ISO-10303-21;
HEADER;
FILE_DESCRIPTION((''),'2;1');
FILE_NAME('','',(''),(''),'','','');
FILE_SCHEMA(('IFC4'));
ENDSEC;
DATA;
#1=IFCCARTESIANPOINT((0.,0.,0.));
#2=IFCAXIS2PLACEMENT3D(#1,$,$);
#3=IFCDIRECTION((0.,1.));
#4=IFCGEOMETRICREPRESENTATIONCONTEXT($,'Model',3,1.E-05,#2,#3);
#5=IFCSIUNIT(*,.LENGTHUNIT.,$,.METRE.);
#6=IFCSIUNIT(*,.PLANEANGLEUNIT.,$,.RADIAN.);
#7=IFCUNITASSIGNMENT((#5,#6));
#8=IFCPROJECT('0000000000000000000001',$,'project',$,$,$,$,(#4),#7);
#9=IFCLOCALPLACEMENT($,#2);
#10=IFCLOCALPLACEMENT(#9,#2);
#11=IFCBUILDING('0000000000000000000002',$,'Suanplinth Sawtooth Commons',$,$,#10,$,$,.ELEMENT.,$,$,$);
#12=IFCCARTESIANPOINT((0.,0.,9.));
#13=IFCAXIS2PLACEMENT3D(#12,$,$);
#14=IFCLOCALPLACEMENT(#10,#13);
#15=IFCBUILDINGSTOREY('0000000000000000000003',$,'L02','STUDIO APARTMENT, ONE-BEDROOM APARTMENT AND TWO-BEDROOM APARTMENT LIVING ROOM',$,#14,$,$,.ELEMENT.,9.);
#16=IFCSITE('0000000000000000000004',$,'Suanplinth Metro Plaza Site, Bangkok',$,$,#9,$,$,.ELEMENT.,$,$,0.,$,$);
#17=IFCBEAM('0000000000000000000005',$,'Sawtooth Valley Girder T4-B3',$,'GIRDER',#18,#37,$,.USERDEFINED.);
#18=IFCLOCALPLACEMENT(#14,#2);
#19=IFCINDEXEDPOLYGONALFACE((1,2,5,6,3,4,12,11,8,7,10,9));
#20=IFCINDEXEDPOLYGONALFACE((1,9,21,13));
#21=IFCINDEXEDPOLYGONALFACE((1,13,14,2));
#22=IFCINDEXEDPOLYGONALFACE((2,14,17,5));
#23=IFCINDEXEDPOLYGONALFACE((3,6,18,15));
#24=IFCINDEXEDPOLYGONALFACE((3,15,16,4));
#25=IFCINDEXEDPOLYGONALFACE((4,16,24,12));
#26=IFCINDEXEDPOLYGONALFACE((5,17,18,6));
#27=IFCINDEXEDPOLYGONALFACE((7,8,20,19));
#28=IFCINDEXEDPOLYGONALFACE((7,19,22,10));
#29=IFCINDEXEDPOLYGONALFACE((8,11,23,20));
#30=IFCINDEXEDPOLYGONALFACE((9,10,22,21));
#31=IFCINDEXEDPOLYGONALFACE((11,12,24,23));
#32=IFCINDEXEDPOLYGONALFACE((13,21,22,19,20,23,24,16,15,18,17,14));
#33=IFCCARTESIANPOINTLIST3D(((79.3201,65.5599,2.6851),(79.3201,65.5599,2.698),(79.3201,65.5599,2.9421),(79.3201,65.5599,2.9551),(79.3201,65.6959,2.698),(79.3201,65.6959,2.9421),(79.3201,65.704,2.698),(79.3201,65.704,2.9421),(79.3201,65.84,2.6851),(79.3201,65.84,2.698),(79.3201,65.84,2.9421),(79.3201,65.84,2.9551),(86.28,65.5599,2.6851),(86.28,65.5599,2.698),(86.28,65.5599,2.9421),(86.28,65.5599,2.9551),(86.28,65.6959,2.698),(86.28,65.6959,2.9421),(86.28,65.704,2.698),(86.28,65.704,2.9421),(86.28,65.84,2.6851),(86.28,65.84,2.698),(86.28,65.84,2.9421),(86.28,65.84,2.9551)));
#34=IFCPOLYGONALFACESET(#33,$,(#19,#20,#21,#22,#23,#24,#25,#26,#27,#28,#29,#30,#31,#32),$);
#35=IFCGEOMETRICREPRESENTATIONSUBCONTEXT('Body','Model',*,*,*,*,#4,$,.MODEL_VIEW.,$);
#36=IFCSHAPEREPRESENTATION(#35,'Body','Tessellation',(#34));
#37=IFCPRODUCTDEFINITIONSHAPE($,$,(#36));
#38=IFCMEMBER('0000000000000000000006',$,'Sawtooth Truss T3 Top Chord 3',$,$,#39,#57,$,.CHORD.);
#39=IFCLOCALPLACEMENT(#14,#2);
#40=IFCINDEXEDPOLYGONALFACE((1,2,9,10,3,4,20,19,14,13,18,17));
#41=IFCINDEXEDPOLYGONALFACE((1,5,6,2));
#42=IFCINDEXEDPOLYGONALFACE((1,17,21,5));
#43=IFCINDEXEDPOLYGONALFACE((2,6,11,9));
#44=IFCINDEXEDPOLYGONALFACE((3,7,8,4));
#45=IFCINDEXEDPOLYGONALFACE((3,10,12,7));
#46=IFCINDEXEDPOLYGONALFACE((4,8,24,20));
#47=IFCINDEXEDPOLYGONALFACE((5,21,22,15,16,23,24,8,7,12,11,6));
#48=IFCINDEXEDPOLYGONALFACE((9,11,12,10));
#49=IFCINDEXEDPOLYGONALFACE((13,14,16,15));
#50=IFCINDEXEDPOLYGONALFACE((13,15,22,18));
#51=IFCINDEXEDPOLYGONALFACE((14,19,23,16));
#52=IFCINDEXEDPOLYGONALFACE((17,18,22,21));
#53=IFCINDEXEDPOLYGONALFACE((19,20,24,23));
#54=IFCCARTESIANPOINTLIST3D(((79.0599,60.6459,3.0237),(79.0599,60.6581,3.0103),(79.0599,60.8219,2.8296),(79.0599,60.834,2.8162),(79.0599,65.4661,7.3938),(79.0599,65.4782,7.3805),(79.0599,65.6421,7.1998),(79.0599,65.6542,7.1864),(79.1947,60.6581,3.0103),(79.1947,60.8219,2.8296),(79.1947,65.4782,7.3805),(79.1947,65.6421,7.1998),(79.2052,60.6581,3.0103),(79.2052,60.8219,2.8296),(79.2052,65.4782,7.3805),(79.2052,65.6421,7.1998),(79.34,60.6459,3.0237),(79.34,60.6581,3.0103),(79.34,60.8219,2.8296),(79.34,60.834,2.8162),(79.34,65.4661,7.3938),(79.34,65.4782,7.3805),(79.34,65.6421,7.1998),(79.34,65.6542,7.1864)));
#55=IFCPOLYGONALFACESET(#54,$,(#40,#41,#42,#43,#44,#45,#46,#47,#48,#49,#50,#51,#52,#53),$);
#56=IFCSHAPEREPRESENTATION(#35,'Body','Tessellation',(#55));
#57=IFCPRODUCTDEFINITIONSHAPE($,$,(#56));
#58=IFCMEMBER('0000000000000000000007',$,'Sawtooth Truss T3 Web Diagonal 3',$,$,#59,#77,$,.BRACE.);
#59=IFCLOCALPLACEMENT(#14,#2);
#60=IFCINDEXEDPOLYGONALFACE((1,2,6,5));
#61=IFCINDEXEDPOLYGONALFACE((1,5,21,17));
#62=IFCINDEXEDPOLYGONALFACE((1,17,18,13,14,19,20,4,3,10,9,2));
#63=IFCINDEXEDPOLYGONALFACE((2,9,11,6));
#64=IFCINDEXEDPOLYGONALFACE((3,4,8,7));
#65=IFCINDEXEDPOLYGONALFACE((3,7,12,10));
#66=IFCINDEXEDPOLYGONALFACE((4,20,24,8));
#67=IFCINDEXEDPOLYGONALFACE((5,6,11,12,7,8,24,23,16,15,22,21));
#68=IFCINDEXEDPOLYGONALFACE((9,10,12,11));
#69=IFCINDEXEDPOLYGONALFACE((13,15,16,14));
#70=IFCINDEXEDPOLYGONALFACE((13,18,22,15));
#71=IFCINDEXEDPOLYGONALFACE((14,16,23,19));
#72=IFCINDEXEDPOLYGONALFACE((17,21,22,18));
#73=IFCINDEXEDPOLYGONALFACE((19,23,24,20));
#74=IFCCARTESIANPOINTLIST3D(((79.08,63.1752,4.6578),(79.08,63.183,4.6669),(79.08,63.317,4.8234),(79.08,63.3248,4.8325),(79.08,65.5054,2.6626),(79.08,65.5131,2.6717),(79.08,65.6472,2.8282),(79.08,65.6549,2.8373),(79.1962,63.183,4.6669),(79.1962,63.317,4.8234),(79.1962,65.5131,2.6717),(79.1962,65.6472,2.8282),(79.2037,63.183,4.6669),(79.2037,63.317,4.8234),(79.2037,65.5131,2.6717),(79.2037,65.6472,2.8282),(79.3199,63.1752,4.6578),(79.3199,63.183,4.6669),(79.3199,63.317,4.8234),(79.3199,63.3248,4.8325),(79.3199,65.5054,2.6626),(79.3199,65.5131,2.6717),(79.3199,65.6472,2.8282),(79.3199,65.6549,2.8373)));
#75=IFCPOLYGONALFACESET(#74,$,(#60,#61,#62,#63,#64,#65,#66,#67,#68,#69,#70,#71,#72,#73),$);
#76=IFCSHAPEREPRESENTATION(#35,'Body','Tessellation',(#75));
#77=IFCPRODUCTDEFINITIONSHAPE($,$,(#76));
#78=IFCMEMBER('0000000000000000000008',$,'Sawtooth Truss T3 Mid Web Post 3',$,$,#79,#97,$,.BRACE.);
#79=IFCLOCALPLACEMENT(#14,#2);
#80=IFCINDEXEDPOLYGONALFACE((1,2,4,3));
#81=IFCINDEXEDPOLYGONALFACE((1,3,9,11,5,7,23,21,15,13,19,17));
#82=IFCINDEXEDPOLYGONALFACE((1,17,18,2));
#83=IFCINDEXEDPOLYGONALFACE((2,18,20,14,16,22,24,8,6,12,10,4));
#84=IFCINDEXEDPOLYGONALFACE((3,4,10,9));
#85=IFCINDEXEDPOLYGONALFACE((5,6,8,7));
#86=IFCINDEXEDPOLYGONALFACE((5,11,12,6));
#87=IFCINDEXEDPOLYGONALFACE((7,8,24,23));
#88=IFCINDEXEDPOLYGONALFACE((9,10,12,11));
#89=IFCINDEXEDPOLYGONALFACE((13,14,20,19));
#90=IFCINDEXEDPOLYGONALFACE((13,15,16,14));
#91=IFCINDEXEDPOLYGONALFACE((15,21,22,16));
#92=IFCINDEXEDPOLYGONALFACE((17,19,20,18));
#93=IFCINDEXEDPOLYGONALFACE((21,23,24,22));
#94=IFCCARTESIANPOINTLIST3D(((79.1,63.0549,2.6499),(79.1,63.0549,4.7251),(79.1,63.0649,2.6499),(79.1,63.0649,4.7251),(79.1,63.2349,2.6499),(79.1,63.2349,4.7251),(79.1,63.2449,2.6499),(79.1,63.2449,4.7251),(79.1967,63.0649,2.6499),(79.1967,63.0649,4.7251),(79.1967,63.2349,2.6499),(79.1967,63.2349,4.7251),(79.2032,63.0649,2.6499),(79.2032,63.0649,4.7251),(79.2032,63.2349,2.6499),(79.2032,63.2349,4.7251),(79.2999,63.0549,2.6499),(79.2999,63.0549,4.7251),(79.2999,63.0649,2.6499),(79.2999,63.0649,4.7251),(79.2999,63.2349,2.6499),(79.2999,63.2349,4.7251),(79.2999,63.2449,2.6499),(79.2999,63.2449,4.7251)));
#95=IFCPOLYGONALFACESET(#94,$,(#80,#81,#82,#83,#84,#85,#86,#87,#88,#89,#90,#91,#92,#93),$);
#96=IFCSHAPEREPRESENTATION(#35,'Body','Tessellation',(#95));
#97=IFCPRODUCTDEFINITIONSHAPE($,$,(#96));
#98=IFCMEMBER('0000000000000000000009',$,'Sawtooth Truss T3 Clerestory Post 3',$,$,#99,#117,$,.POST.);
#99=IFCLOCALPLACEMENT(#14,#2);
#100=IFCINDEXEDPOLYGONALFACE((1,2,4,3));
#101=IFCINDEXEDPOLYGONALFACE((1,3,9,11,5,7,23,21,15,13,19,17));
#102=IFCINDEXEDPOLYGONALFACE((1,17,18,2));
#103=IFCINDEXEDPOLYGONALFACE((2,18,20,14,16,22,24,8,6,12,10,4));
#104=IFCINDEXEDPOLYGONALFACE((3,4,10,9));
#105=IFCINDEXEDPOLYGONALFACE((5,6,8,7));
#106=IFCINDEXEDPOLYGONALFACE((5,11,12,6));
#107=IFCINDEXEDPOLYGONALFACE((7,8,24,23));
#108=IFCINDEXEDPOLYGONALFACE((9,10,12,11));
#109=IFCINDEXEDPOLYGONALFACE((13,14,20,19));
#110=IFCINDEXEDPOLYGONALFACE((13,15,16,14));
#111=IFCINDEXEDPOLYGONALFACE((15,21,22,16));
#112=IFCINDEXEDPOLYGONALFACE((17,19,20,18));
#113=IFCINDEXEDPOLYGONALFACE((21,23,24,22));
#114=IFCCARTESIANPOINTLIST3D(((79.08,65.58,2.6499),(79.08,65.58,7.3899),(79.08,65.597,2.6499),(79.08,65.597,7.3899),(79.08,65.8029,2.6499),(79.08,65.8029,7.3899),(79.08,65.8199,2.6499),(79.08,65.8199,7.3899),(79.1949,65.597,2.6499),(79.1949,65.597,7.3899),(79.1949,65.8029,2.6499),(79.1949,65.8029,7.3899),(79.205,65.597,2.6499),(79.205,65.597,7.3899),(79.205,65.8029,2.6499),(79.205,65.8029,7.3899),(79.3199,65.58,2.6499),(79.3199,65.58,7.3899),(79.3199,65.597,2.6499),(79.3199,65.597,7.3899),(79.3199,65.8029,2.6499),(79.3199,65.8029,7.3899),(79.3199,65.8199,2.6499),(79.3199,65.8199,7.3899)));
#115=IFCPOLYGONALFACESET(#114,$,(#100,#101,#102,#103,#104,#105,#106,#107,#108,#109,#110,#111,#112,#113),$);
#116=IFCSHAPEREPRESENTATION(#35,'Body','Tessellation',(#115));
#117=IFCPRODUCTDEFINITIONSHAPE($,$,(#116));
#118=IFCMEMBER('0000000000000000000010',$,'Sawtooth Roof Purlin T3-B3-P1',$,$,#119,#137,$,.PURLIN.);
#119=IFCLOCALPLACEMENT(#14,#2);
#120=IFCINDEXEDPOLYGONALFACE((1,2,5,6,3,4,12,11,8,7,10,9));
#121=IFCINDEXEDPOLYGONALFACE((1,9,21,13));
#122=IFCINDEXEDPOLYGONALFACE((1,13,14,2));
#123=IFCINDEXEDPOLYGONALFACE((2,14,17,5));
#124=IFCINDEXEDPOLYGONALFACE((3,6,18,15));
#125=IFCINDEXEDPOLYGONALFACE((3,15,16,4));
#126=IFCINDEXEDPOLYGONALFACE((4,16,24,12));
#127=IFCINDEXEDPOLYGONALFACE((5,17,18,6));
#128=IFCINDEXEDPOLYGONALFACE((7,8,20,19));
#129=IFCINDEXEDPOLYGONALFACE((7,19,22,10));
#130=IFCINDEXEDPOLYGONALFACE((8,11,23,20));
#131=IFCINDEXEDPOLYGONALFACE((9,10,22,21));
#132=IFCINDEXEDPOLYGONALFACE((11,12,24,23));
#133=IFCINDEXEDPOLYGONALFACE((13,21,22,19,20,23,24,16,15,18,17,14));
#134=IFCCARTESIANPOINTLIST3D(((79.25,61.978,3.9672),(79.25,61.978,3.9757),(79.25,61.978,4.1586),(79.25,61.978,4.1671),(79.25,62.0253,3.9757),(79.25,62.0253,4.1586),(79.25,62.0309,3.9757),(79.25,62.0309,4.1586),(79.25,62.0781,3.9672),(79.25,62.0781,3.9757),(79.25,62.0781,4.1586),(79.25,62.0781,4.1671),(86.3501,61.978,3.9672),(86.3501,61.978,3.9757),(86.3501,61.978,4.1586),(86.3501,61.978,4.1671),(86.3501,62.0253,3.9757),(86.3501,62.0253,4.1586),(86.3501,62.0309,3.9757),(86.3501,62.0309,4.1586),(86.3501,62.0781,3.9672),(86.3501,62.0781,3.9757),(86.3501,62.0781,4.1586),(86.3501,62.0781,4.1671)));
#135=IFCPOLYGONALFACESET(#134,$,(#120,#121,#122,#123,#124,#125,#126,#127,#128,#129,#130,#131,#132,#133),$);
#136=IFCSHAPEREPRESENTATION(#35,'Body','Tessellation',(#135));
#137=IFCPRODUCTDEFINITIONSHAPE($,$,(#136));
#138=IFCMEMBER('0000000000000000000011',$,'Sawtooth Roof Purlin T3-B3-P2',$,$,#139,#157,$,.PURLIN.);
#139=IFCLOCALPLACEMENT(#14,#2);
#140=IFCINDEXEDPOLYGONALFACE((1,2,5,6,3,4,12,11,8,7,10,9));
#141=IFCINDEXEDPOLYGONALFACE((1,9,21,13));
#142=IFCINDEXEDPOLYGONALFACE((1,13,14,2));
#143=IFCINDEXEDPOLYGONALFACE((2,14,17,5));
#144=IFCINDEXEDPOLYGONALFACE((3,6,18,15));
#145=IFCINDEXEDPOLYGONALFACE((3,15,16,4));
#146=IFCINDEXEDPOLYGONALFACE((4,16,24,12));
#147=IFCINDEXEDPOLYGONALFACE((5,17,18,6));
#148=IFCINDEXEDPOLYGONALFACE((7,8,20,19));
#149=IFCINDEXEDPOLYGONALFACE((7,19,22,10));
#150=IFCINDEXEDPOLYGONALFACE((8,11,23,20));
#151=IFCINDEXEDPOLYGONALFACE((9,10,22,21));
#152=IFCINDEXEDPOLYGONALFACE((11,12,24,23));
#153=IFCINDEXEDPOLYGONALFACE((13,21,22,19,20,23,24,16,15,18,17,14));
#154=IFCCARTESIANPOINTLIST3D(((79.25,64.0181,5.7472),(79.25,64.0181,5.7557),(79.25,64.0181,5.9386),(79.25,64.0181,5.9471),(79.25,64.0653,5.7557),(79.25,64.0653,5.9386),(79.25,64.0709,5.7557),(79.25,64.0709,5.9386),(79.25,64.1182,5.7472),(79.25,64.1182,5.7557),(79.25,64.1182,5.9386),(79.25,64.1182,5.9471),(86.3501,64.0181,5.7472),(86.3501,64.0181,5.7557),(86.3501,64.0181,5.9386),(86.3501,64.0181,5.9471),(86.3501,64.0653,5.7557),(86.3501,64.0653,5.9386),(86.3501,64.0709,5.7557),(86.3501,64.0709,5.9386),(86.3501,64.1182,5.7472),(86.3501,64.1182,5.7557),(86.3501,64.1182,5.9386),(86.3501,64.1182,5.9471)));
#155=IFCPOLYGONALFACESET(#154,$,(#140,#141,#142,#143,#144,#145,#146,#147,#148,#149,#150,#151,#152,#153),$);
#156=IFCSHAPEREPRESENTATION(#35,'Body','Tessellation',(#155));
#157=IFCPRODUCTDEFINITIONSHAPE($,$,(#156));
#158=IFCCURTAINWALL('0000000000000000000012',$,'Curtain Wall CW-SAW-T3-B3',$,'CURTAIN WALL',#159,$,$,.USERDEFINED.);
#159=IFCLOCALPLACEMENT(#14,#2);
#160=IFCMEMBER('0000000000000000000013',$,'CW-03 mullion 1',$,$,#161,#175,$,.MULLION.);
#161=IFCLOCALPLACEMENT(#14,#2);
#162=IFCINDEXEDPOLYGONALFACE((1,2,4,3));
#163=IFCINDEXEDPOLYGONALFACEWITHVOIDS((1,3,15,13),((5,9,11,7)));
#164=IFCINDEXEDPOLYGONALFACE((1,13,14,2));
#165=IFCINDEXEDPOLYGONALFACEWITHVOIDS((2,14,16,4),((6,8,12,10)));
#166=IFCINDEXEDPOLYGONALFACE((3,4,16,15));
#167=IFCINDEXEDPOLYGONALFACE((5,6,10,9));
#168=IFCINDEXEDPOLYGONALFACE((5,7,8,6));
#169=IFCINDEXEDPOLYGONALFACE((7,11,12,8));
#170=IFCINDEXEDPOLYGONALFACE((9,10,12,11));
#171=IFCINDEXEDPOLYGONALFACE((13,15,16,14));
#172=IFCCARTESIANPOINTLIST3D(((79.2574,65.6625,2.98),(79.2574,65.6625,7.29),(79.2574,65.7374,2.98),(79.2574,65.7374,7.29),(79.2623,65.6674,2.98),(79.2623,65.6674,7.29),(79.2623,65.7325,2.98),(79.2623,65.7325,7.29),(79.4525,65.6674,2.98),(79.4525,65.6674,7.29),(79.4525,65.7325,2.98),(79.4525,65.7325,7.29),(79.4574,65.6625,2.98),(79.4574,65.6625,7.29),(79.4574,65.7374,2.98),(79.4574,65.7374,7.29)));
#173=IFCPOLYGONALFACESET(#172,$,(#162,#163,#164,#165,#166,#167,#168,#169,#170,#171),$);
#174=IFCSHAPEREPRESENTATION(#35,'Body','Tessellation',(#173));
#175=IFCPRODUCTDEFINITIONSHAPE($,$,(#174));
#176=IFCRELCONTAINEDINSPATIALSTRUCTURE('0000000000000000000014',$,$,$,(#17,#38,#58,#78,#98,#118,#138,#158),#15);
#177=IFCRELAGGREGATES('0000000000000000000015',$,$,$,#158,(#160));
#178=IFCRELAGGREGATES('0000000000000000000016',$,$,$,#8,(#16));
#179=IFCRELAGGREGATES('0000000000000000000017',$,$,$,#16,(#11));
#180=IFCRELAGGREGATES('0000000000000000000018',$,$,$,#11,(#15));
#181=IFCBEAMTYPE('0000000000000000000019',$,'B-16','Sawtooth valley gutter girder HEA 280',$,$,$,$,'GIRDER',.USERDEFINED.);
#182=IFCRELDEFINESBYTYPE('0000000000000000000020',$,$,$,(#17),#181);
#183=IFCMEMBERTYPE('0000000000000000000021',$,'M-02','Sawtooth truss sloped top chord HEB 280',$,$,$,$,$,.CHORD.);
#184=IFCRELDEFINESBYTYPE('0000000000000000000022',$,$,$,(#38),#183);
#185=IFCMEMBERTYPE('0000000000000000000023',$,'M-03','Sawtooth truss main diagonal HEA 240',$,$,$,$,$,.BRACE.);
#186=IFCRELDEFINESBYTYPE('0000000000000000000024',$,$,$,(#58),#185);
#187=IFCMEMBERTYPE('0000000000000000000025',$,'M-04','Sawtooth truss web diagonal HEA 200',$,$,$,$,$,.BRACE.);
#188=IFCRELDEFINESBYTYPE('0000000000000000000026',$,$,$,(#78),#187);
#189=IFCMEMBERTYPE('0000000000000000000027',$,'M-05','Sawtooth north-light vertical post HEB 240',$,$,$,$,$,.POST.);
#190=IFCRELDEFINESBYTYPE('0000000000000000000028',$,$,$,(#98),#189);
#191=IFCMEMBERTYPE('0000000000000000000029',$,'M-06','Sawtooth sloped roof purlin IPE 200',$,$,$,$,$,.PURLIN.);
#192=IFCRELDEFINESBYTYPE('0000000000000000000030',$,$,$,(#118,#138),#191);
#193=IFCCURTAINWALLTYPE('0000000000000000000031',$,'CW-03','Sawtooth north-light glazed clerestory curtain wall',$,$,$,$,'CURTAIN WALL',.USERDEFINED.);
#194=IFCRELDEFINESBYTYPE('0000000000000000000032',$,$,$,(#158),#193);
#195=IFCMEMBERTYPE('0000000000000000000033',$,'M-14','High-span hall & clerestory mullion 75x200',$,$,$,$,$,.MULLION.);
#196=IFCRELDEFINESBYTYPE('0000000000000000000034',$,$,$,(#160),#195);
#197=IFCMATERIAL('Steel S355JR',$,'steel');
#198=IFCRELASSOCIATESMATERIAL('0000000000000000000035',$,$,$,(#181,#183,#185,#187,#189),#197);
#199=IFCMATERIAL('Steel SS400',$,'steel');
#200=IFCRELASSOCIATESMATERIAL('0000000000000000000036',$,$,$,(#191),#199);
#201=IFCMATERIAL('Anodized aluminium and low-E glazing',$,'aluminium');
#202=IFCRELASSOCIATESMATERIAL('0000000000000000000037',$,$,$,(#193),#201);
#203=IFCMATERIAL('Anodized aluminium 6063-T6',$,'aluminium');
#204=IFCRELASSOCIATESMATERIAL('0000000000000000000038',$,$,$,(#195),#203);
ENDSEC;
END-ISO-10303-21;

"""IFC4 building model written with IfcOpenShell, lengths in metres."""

from ifc_helpers import new_model, si_unit, direction, frame, origin, origin_2d, place, context, subcontext, project, spatial, hollow_rectangle, i_section, extrude, material, material_profile, profile_set, type_object, element, aggregate, save


model = new_model("IFC4")

# Units and contexts
model_context = context("Model", 3, precision=1e-05, world=origin(), true_north=direction((0.0, 1.0)))
body_context = subcontext(model_context, "Body", "Model", "MODEL_VIEW")
ifc_project = project(units=[si_unit("LENGTHUNIT", "METRE"), si_unit("PLANEANGLEUNIT", "RADIAN")], contexts=[model_context])

# Site, building, storey
site_placement = place(None, origin())
site = spatial("IfcSite", under=ifc_project, at=site_placement, Name="Suanplinth Metro Plaza Site, Bangkok", CompositionType="ELEMENT", RefElevation=0.0)
building_placement = place(site_placement, origin())
building = spatial("IfcBuilding", under=site, at=building_placement, Name="Suanplinth Sawtooth Commons", CompositionType="ELEMENT")
storey_placement = place(building_placement, frame((0.0, 0.0, 9.0)))
storey = spatial("IfcBuildingStorey", under=building, at=storey_placement, Name="L02", Description="STUDIO APARTMENT, ONE-BEDROOM APARTMENT AND TWO-BEDROOM APARTMENT LIVING ROOM", CompositionType="ELEMENT", Elevation=9.0)

# Beam
ifc_material_1 = material(Name="Steel S355JR", Category="steel")
ifc_material_profile_1 = material_profile(ifc_material_1, i_section(OverallWidth=0.28, OverallDepth=0.27, WebThickness=0.0081, FlangeThickness=0.0129, at=origin_2d()), Name="HEA 280")
ifc_profile_set_1 = profile_set([ifc_material_profile_1], Name="Steel S355JR")
beam_type = type_object("IfcBeamType", Name="B-16", Description="Sawtooth valley gutter girder HEA 280", ElementType="GIRDER", PredefinedType="USERDEFINED", material=ifc_profile_set_1)
beam_placement = place(storey_placement, frame((79.3201, 65.7, 2.8201), z_axis=(1.0, 0.0, 0.0), x_axis=(0.0, 1.0, 0.0)))
element("IfcBeam", 1, at=beam_placement, inside=storey, type_object=beam_type, Name="Sawtooth Valley Girder T4-B3", ObjectType="GIRDER", PredefinedType="USERDEFINED", context=body_context, shape_type="SweptSolid", body=[
    extrude(i_section(OverallWidth=0.28, OverallDepth=0.27, WebThickness=0.0081, FlangeThickness=0.0129, at=origin_2d()), origin(), (0.0, 0.0, 1.0), 6.96),
])

# Members
ifc_material_profile_2 = material_profile(ifc_material_1, i_section(OverallWidth=0.28, OverallDepth=0.28, WebThickness=0.0105, FlangeThickness=0.0181, at=origin_2d()), Name="HEB 280")
ifc_profile_set_2 = profile_set([ifc_material_profile_2], Name="Steel S355JR")
member_type_1 = type_object("IfcMemberType", Name="M-02", Description="Sawtooth truss sloped top chord HEB 280", PredefinedType="CHORD", material=ifc_profile_set_2)
member_1_placement = place(storey_placement, frame((79.2, 60.74, 2.9199), z_axis=(0.0, 0.740839, 0.671682), x_axis=(-1.0, 0.0, 0.0)))
element("IfcMember", 2, at=member_1_placement, inside=storey, type_object=member_type_1, Name="Sawtooth Truss T3 Top Chord 3", PredefinedType="CHORD", context=body_context, shape_type="SweptSolid", body=[
    extrude(i_section(OverallWidth=0.28, OverallDepth=0.28, WebThickness=0.0105, FlangeThickness=0.0181, at=origin_2d()), origin(), (0.0, 0.0, 1.0), 6.5063),
])
ifc_material_profile_3 = material_profile(ifc_material_1, i_section(OverallWidth=0.24, OverallDepth=0.23, WebThickness=0.0076, FlangeThickness=0.012, at=origin_2d()), Name="HEA 240")
ifc_profile_set_3 = profile_set([ifc_material_profile_3], Name="Steel S355JR")
member_type_2 = type_object("IfcMemberType", Name="M-03", Description="Sawtooth truss main diagonal HEA 240", PredefinedType="BRACE", material=ifc_profile_set_3)
member_2_placement = place(storey_placement, frame((79.2, 63.25, 4.7451), z_axis=(0.0, 0.759594, -0.650398), x_axis=(-1.0, 0.0, 0.0)))
element("IfcMember", 3, at=member_2_placement, inside=storey, type_object=member_type_2, Name="Sawtooth Truss T3 Web Diagonal 3", PredefinedType="BRACE", context=body_context, shape_type="SweptSolid", body=[
    extrude(i_section(OverallWidth=0.24, OverallDepth=0.23, WebThickness=0.0076, FlangeThickness=0.012, at=origin_2d()), origin(), (0.0, 0.0, 1.0), 3.0676),
])
ifc_material_profile_4 = material_profile(ifc_material_1, i_section(OverallWidth=0.2, OverallDepth=0.1899, WebThickness=0.0066, FlangeThickness=0.01, at=origin_2d()), Name="HEA 200")
ifc_profile_set_4 = profile_set([ifc_material_profile_4], Name="Steel S355JR")
member_type_3 = type_object("IfcMemberType", Name="M-04", Description="Sawtooth truss web diagonal HEA 200", PredefinedType="BRACE", material=ifc_profile_set_4)
member_3_placement = place(storey_placement, frame((79.2, 63.1499, 2.6499), z_axis=(0.0, 0.0, 1.0), x_axis=(1.0, 0.0, 0.0)))
element("IfcMember", 4, at=member_3_placement, inside=storey, type_object=member_type_3, Name="Sawtooth Truss T3 Mid Web Post 3", PredefinedType="BRACE", context=body_context, shape_type="SweptSolid", body=[
    extrude(i_section(OverallWidth=0.2, OverallDepth=0.1899, WebThickness=0.0066, FlangeThickness=0.01, at=origin_2d()), origin(), (0.0, 0.0, 1.0), 2.0752),
])
ifc_material_profile_5 = material_profile(ifc_material_1, i_section(OverallWidth=0.24, OverallDepth=0.24, WebThickness=0.01, FlangeThickness=0.0171, at=origin_2d()), Name="HEB 240")
ifc_profile_set_5 = profile_set([ifc_material_profile_5], Name="Steel S355JR")
member_type_4 = type_object("IfcMemberType", Name="M-05", Description="Sawtooth north-light vertical post HEB 240", PredefinedType="POST", material=ifc_profile_set_5)
member_4_placement = place(storey_placement, frame((79.2, 65.7, 2.6499), z_axis=(0.0, 0.0, 1.0), x_axis=(1.0, 0.0, 0.0)))
element("IfcMember", 5, at=member_4_placement, inside=storey, type_object=member_type_4, Name="Sawtooth Truss T3 Clerestory Post 3", PredefinedType="POST", context=body_context, shape_type="SweptSolid", body=[
    extrude(i_section(OverallWidth=0.24, OverallDepth=0.24, WebThickness=0.01, FlangeThickness=0.0171, at=origin_2d()), origin(), (0.0, 0.0, 1.0), 4.74),
])
ifc_material_2 = material(Name="Steel SS400", Category="steel")
ifc_material_profile_6 = material_profile(ifc_material_2, i_section(OverallWidth=0.1001, OverallDepth=0.2, WebThickness=0.0056, FlangeThickness=0.0085, at=origin_2d()), Name="IPE 200")
ifc_profile_set_6 = profile_set([ifc_material_profile_6], Name="Steel SS400")
member_type_5 = type_object("IfcMemberType", Name="M-06", Description="Sawtooth sloped roof purlin IPE 200", PredefinedType="PURLIN", material=ifc_profile_set_6)
for number, where, z_axis, x_axis, name in (
    (6, (79.25, 62.0281, 4.0671), (1.0, 0.0, 0.0), (0.0, 1.0, 0.0), "Sawtooth Roof Purlin T3-B3-P1"),
    (7, (79.25, 64.0681, 5.8472), (1.0, 0.0, 0.0), (0.0, 1.0, 0.0), "Sawtooth Roof Purlin T3-B3-P2"),
):
    element("IfcMember", number, at=place(storey_placement, frame(where, z_axis=z_axis, x_axis=x_axis)), inside=storey, type_object=member_type_5, Name=name, PredefinedType="PURLIN", context=body_context, shape_type="SweptSolid", body=[
        extrude(i_section(OverallWidth=0.1001, OverallDepth=0.2, WebThickness=0.0056, FlangeThickness=0.0085, at=origin_2d()), origin(), (0.0, 0.0, 1.0), 7.1001),
    ])

# Curtain wall, member
ifc_material_3 = material(Name="Anodized aluminium and low-E glazing", Category="aluminium")
curtain_wall_type = type_object("IfcCurtainWallType", Name="CW-03", Description="Sawtooth north-light glazed clerestory curtain wall", ElementType="CURTAIN WALL", PredefinedType="USERDEFINED", material=ifc_material_3)
curtain_wall_placement = place(storey_placement, origin())
curtain_wall = element("IfcCurtainWall", 8, at=curtain_wall_placement, inside=storey, type_object=curtain_wall_type, Name="Curtain Wall CW-SAW-T3-B3", ObjectType="CURTAIN WALL", PredefinedType="USERDEFINED")
ifc_material_4 = material(Name="Anodized aluminium 6063-T6", Category="aluminium")
ifc_material_profile_7 = material_profile(ifc_material_4, hollow_rectangle(XDim=0.075, YDim=0.2, WallThickness=0.0049, at=origin_2d()), Name="ALU-MUL 75x200")
ifc_profile_set_7 = profile_set([ifc_material_profile_7], Name="Anodized aluminium 6063-T6")
member_type_6 = type_object("IfcMemberType", Name="M-14", Description="High-span hall & clerestory mullion 75x200", PredefinedType="MULLION", material=ifc_profile_set_7)
member_5_placement = place(storey_placement, frame((79.3574, 65.7, 2.98), z_axis=(0.0, 0.0, 1.0), x_axis=(0.0, 1.0, 0.0)))
member_5 = element("IfcMember", 9, at=member_5_placement, type_object=member_type_6, Name="CW-03 mullion 1", PredefinedType="MULLION", context=body_context, shape_type="SweptSolid", body=[
    extrude(hollow_rectangle(XDim=0.075, YDim=0.2, WallThickness=0.0049, at=origin_2d()), origin(), (0.0, 0.0, 1.0), 4.3101),
])

aggregate(curtain_wall, [member_5])

save(model, "model.ifc")
